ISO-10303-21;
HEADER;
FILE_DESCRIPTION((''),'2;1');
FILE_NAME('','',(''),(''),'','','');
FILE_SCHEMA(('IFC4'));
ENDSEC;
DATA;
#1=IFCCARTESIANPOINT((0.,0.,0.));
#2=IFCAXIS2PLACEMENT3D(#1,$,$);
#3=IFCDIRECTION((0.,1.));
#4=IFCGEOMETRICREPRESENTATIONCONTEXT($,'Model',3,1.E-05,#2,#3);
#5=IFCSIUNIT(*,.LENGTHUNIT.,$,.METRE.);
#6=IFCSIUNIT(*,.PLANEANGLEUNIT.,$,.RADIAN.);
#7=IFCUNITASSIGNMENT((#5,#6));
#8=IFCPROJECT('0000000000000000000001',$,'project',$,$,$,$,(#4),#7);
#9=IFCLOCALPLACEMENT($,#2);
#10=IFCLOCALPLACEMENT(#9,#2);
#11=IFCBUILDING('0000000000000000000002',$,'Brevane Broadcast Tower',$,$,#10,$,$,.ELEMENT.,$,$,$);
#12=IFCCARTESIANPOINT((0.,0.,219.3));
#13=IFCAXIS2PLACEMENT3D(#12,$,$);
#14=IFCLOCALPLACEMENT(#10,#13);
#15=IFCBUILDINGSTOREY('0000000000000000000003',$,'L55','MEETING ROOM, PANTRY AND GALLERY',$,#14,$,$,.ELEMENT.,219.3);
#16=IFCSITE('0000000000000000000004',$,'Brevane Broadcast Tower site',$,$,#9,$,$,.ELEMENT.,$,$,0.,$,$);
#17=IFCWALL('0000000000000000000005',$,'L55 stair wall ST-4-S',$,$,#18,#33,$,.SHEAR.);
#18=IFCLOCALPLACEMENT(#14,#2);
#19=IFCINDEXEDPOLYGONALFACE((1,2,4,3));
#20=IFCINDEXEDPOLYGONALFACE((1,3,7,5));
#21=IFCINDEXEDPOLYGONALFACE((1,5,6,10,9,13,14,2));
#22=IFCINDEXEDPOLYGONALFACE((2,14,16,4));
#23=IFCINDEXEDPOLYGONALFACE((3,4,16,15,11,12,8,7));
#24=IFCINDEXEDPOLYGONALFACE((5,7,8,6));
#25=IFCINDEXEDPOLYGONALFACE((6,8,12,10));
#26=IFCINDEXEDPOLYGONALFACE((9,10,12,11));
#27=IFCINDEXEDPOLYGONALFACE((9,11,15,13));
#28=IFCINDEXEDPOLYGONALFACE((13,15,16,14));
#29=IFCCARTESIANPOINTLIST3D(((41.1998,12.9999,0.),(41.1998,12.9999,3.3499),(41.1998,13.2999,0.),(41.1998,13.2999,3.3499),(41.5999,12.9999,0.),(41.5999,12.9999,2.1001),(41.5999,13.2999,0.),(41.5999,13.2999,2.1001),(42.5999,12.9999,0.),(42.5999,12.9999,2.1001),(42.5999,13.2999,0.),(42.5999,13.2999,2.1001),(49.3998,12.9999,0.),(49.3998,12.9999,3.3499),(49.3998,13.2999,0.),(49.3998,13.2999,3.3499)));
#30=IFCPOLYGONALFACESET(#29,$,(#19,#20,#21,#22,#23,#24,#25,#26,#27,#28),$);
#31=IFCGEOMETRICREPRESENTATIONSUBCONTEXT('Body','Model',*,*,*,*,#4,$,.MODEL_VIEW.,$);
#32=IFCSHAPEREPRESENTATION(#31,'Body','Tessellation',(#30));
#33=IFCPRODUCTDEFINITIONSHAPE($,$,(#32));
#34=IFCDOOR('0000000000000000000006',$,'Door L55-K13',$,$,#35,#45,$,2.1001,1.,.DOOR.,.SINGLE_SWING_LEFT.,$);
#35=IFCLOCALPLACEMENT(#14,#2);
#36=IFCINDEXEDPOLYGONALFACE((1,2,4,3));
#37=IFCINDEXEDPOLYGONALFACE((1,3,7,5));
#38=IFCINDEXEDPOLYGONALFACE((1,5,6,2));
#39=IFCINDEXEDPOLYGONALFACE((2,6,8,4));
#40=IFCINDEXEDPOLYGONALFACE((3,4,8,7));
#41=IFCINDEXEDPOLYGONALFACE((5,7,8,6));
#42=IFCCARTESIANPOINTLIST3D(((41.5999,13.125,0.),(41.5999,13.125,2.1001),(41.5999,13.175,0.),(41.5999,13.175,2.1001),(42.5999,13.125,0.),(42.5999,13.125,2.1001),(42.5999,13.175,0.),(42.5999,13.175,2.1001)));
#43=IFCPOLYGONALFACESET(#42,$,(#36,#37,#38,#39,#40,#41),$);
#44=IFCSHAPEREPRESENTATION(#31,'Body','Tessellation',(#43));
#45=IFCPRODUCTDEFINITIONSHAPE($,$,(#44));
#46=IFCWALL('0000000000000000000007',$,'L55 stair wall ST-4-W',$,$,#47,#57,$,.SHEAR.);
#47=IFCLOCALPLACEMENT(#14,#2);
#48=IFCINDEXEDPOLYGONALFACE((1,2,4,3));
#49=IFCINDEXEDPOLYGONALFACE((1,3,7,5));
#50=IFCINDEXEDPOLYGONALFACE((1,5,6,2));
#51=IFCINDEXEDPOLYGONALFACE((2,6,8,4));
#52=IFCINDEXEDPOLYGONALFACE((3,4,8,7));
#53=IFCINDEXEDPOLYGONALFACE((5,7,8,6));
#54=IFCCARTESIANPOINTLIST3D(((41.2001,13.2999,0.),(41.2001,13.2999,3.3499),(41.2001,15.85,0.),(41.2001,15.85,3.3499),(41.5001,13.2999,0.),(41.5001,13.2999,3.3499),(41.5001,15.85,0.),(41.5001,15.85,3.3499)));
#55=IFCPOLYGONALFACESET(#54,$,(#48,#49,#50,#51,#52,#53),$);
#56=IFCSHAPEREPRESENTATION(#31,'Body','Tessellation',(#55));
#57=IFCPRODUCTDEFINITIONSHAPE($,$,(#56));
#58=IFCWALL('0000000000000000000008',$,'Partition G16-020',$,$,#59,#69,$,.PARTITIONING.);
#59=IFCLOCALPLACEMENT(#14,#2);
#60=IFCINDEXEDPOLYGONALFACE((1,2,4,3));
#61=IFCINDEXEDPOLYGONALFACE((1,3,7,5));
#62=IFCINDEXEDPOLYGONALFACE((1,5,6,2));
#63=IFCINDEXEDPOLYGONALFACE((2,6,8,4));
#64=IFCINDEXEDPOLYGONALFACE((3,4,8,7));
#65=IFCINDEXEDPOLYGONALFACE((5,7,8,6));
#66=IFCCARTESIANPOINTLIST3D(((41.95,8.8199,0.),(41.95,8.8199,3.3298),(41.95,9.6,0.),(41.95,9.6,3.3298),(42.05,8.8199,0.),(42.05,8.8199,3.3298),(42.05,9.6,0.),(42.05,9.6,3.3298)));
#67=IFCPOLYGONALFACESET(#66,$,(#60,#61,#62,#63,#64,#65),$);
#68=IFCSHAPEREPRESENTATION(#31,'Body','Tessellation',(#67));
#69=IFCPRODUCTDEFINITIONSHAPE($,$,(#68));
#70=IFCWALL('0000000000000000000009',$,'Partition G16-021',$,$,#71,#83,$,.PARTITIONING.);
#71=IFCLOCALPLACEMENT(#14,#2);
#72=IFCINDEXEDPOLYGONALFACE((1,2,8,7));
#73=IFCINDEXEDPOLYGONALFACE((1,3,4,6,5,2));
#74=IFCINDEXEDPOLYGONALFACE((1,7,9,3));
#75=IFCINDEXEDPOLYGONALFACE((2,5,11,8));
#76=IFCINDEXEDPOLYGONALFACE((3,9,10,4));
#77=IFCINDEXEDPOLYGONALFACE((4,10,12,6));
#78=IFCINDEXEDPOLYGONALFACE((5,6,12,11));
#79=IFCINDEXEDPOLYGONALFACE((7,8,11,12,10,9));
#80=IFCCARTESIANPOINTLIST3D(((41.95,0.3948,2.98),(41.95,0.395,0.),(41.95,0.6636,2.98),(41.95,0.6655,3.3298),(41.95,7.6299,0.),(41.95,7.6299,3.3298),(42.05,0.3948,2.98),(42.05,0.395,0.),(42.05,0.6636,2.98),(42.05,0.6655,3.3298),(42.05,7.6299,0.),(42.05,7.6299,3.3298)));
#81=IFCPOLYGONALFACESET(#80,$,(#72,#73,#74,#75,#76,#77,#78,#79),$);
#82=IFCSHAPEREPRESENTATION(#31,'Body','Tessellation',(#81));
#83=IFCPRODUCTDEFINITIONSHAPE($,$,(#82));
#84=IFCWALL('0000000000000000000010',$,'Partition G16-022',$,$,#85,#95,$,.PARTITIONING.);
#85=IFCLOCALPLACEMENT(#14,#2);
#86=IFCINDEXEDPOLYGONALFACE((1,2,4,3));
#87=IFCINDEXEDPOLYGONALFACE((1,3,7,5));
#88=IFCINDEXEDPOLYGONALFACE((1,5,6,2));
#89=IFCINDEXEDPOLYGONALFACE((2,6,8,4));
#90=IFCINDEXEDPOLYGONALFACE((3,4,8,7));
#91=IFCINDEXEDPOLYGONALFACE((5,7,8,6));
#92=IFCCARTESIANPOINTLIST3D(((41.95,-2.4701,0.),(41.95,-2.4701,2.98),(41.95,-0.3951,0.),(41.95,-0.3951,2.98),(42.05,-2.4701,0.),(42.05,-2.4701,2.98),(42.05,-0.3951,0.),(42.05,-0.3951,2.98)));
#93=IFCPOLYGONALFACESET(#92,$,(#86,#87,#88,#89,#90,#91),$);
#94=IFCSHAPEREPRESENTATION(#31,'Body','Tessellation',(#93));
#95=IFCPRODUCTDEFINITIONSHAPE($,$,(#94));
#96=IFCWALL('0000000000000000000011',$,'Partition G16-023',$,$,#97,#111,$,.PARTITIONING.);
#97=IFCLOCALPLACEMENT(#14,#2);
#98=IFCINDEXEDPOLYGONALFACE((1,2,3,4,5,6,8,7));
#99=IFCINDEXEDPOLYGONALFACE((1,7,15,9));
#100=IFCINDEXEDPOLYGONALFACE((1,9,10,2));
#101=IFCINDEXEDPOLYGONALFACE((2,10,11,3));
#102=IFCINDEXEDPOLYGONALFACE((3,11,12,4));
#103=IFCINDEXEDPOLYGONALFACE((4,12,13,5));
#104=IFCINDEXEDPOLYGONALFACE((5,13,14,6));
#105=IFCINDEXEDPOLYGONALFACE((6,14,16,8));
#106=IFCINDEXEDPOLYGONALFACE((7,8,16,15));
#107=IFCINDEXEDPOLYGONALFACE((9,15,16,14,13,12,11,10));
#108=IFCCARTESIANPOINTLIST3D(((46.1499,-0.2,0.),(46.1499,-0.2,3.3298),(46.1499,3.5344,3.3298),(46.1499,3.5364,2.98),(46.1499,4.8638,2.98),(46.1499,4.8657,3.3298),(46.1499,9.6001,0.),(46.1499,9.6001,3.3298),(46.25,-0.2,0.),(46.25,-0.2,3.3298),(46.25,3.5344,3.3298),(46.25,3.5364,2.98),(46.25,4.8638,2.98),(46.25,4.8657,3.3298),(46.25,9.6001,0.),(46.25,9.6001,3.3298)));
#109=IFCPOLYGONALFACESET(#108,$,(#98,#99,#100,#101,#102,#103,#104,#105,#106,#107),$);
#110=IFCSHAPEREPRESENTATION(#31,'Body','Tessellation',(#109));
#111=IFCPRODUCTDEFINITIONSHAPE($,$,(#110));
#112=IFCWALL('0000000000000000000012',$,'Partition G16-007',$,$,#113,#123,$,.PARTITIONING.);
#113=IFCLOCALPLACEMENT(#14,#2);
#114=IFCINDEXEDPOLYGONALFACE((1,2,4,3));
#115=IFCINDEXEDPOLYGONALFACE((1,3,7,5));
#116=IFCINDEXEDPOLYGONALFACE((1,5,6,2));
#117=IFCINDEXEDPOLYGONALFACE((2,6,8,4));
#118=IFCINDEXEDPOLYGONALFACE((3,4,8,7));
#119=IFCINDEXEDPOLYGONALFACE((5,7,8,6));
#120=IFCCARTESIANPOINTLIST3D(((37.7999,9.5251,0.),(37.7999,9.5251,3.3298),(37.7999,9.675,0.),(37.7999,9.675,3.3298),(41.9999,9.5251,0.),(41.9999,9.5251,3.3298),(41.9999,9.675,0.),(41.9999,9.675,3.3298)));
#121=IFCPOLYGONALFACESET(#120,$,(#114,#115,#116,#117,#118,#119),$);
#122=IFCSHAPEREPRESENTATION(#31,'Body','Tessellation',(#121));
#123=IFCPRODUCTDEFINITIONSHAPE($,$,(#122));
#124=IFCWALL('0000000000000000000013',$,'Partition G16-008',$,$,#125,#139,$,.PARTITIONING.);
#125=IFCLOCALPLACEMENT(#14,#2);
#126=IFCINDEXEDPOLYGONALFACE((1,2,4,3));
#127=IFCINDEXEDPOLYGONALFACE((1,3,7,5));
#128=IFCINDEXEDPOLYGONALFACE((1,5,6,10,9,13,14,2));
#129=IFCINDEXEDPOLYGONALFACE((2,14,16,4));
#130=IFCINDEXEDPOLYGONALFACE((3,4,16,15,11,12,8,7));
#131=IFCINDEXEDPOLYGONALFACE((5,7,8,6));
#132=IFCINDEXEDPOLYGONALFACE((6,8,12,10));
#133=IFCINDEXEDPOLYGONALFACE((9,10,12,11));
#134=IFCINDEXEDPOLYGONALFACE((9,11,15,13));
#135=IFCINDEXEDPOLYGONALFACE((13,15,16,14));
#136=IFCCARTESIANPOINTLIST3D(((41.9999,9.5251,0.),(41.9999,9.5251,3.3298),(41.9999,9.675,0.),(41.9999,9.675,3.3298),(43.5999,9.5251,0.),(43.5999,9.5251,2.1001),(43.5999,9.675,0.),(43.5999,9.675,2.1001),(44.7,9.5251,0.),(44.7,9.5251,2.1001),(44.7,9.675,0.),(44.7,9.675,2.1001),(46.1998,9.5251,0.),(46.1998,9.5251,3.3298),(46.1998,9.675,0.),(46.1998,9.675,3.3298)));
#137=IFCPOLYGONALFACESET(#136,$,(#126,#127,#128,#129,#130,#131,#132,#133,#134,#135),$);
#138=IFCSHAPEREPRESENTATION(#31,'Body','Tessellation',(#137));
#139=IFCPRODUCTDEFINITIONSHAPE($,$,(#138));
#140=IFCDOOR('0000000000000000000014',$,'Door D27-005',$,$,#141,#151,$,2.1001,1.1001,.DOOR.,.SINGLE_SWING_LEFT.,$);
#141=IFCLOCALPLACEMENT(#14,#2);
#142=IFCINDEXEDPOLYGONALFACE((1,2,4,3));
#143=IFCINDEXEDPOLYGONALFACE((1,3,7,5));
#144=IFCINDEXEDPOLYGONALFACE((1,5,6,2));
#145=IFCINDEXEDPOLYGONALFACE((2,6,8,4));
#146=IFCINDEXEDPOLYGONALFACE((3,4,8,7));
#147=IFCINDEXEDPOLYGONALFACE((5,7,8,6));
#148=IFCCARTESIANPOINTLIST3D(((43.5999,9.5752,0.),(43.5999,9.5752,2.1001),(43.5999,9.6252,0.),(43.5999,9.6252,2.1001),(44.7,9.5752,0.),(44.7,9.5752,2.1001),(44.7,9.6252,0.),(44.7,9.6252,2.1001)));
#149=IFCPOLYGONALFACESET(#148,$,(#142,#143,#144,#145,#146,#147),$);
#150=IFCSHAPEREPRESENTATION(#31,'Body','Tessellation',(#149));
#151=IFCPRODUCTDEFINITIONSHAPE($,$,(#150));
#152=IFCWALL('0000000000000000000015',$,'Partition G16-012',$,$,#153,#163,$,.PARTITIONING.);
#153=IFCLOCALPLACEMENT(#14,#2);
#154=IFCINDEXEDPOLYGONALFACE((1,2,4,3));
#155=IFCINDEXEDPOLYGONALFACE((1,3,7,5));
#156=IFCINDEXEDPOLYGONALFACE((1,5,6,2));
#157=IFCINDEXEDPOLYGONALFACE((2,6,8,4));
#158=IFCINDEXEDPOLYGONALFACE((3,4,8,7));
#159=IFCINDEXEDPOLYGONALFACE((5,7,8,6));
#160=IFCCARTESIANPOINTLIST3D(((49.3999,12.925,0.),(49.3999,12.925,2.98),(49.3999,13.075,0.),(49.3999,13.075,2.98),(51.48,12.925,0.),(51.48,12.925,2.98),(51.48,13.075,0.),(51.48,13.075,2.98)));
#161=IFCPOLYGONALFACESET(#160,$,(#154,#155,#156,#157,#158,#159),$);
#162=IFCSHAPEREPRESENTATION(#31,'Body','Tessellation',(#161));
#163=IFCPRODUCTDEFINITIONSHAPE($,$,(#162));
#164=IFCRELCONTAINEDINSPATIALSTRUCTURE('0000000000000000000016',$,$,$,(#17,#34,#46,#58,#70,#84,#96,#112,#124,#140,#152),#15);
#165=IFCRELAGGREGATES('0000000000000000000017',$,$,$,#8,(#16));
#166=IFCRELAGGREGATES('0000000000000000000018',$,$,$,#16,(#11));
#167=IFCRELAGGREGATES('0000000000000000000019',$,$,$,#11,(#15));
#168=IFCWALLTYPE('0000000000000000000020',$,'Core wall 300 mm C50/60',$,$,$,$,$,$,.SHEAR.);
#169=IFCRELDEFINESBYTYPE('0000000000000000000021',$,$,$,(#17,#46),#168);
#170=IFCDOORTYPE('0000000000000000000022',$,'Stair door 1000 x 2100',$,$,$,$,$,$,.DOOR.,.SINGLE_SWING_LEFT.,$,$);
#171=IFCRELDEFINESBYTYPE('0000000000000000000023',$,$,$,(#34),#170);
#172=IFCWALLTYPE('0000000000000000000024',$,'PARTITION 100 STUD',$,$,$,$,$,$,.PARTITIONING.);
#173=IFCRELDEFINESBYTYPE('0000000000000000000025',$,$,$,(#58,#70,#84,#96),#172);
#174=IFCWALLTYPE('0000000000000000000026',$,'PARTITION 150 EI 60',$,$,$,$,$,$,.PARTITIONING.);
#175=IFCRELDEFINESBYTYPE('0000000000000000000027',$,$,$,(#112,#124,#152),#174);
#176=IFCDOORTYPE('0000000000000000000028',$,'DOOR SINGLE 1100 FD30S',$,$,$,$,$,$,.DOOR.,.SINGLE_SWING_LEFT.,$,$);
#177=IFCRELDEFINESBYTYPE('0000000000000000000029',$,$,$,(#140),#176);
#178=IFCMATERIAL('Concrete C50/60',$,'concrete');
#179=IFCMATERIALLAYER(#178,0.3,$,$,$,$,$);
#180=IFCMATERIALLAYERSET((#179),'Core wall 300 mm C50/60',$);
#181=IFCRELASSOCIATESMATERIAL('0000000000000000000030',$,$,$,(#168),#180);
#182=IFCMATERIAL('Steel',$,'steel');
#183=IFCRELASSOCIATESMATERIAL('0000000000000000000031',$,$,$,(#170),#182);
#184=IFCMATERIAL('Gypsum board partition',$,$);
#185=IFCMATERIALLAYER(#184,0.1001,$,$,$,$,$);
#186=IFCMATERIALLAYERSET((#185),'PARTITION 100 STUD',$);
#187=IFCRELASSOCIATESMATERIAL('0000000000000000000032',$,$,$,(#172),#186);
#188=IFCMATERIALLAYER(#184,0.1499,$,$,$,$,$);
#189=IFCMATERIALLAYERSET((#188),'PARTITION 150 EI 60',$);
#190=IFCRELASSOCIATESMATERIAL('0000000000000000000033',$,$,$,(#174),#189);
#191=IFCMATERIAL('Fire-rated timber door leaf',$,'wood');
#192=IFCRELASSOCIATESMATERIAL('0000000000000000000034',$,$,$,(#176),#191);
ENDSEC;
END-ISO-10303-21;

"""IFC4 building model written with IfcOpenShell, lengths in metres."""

from ifc_helpers import new_model, si_unit, direction, frame, frame_2d, origin, place, context, subcontext, project, spatial, polyline, rectangle, outline, extrude, material, layer, layer_set, type_object, element, fill, save


model = new_model("IFC4")

# Units and contexts
model_context = context("Model", 3, precision=1e-05, world=origin(), true_north=direction((0.0, 1.0)))
body_context = subcontext(model_context, "Body", "Model", "MODEL_VIEW")
ifc_project = project(units=[si_unit("LENGTHUNIT", "METRE"), si_unit("PLANEANGLEUNIT", "RADIAN")], contexts=[model_context])

# Site, building, storey
site_placement = place(None, origin())
site = spatial("IfcSite", under=ifc_project, at=site_placement, Name="Brevane Broadcast Tower site", CompositionType="ELEMENT", RefElevation=0.0)
building_placement = place(site_placement, origin())
building = spatial("IfcBuilding", under=site, at=building_placement, Name="Brevane Broadcast Tower", CompositionType="ELEMENT")
storey_placement = place(building_placement, frame((0.0, 0.0, 219.3)))
storey = spatial("IfcBuildingStorey", under=building, at=storey_placement, Name="L55", Description="MEETING ROOM, PANTRY AND GALLERY", CompositionType="ELEMENT", Elevation=219.3)

# Shared definitions
ifc_material_1 = material(Name="Concrete C50/60", Category="concrete")

# Wall, opening, door
ifc_layer_1 = layer(ifc_material_1, 0.3)
ifc_layer_set_1 = layer_set([ifc_layer_1], Name="Core wall 300 mm C50/60")
wall_type_1 = type_object("IfcWallType", Name="Core wall 300 mm C50/60", PredefinedType="SHEAR", material=ifc_layer_set_1)
wall_1_placement = place(storey_placement, frame((49.3999, 13.1499, 0.0), z_axis=(0.0, 0.0, 1.0), x_axis=(-1.0, 0.0, 0.0)))
wall_1 = element("IfcWall", 1, at=wall_1_placement, inside=storey, type_object=wall_type_1, Name="L55 stair wall ST-4-S", PredefinedType="SHEAR", context=body_context, shape_type="SweptSolid", body=[
    extrude(rectangle(XDim=8.2, YDim=0.3, at=frame_2d((4.1001, 0.0))), origin(), (0.0, 0.0, 1.0), 3.3499),
])
opening_1_placement = place(wall_1_placement, frame((6.8, 0.0, 0.0)))
opening_1 = element("IfcOpeningElement", 2, at=opening_1_placement, cuts=wall_1, PredefinedType="OPENING", context=body_context, shape_type="SweptSolid", body=[
    extrude(rectangle(XDim=1.0, YDim=2.1001, at=frame_2d((0.5, 1.05))), frame((0.0, 0.1599, 0.0), z_axis=(0.0, -1.0, 0.0), x_axis=(1.0, 0.0, 0.0)), (0.0, 0.0, 1.0), 0.3201),
])
ifc_material_2 = material(Name="Steel", Category="steel")
door_type_1 = type_object("IfcDoorType", Name="Stair door 1000 x 2100", OperationType="SINGLE_SWING_LEFT", PredefinedType="DOOR", material=ifc_material_2)
door_1_placement = place(opening_1_placement, origin())
door_1 = element("IfcDoor", 3, at=door_1_placement, inside=storey, type_object=door_type_1, Name="Door L55-K13", OperationType="SINGLE_SWING_LEFT", OverallHeight=2.1001, OverallWidth=1.0, PredefinedType="DOOR", context=body_context, shape_type="SweptSolid", body=[
    extrude(rectangle(XDim=1.0, YDim=2.1001, at=frame_2d((0.5, 1.05))), frame((0.0, 0.0249, 0.0), z_axis=(0.0, -1.0, 0.0), x_axis=(1.0, 0.0, 0.0)), (0.0, 0.0, 1.0), 0.05),
])
fill(opening_1, door_1)

# Walls
wall_2_placement = place(storey_placement, frame((41.3501, 13.3, 0.0), z_axis=(0.0, 0.0, 1.0), x_axis=(0.0, 1.0, 0.0)))
element("IfcWall", 4, at=wall_2_placement, inside=storey, type_object=wall_type_1, Name="L55 stair wall ST-4-W", PredefinedType="SHEAR", context=body_context, shape_type="SweptSolid", body=[
    extrude(rectangle(XDim=2.55, YDim=0.3, at=frame_2d((1.2749, 0.0))), origin(), (0.0, 0.0, 1.0), 3.3499),
])
ifc_material_3 = material(Name="Gypsum board partition")
ifc_layer_2 = layer(ifc_material_3, 0.1001)
ifc_layer_set_2 = layer_set([ifc_layer_2], Name="PARTITION 100 STUD")
wall_type_2 = type_object("IfcWallType", Name="PARTITION 100 STUD", PredefinedType="PARTITIONING", material=ifc_layer_set_2)
wall_3_placement = place(storey_placement, frame((42.0, 9.6001, 0.0), z_axis=(0.0, 0.0, 1.0), x_axis=(0.0, -1.0, 0.0)))
element("IfcWall", 5, at=wall_3_placement, inside=storey, type_object=wall_type_2, Name="Partition G16-020", PredefinedType="PARTITIONING", context=body_context, shape_type="SweptSolid", body=[
    extrude(rectangle(XDim=0.78, YDim=0.1001, at=frame_2d((0.3901, 0.0))), origin(), (0.0, 0.0, 1.0), 3.3298),
])
wall_4_placement = place(storey_placement, frame((42.0, 7.6299, 0.0), z_axis=(0.0, 0.0, 1.0), x_axis=(0.0, -1.0, 0.0)))
element("IfcWall", 6, at=wall_4_placement, inside=storey, type_object=wall_type_2, Name="Partition G16-021", PredefinedType="PARTITIONING", context=body_context, shape_type="SweptSolid", body=[
    extrude(outline(polyline([(0.0, 0.0), (7.2349, 0.0), (7.2351, 2.98), (6.9663, 2.98), (6.9644, 3.3298), (0.0, 3.3298), (0.0, 0.0)])), frame((0.0, 0.05, 0.0), z_axis=(0.0, -1.0, 0.0), x_axis=(1.0, 0.0, 0.0)), (0.0, 0.0, 1.0), 0.1001),
])
wall_5_placement = place(storey_placement, frame((42.0, -0.395, 0.0), z_axis=(0.0, 0.0, 1.0), x_axis=(0.0, -1.0, 0.0)))
element("IfcWall", 7, at=wall_5_placement, inside=storey, type_object=wall_type_2, Name="Partition G16-022", PredefinedType="PARTITIONING", context=body_context, shape_type="SweptSolid", body=[
    extrude(rectangle(XDim=2.075, YDim=0.1001, at=frame_2d((1.0376, 0.0))), origin(), (0.0, 0.0, 1.0), 2.98),
])
wall_6_placement = place(storey_placement, frame((46.2, 9.6001, 0.0), z_axis=(0.0, 0.0, 1.0), x_axis=(0.0, -1.0, 0.0)))
element("IfcWall", 8, at=wall_6_placement, inside=storey, type_object=wall_type_2, Name="Partition G16-023", PredefinedType="PARTITIONING", context=body_context, shape_type="SweptSolid", body=[
    extrude(outline(polyline([(0.0, 0.0), (9.8, 0.0), (9.8, 3.3298), (6.0657, 3.3298), (6.0637, 2.98), (4.7363, 2.98), (4.7344, 3.3298), (0.0, 3.3298), (0.0, 0.0)])), frame((0.0, 0.05, 0.0), z_axis=(0.0, -1.0, 0.0), x_axis=(1.0, 0.0, 0.0)), (0.0, 0.0, 1.0), 0.1001),
])
ifc_layer_3 = layer(ifc_material_3, 0.1499)
ifc_layer_set_3 = layer_set([ifc_layer_3], Name="PARTITION 150 EI 60")
wall_type_3 = type_object("IfcWallType", Name="PARTITION 150 EI 60", PredefinedType="PARTITIONING", material=ifc_layer_set_3)
wall_7_placement = place(storey_placement, frame((42.0, 9.6001, 0.0), z_axis=(0.0, 0.0, 1.0), x_axis=(-1.0, 0.0, 0.0)))
element("IfcWall", 9, at=wall_7_placement, inside=storey, type_object=wall_type_3, Name="Partition G16-007", PredefinedType="PARTITIONING", context=body_context, shape_type="SweptSolid", body=[
    extrude(rectangle(XDim=4.2, YDim=0.1499, at=frame_2d((2.1001, 0.0))), origin(), (0.0, 0.0, 1.0), 3.3298),
])

# Wall, opening, door
wall_8_placement = place(storey_placement, frame((46.2, 9.6001, 0.0), z_axis=(0.0, 0.0, 1.0), x_axis=(-1.0, 0.0, 0.0)))
wall_8 = element("IfcWall", 10, at=wall_8_placement, inside=storey, type_object=wall_type_3, Name="Partition G16-008", PredefinedType="PARTITIONING", context=body_context, shape_type="SweptSolid", body=[
    extrude(rectangle(XDim=4.2, YDim=0.1499, at=frame_2d((2.1001, 0.0))), origin(), (0.0, 0.0, 1.0), 3.3298),
])
opening_2_placement = place(wall_8_placement, frame((1.5, 0.0, 0.0)))
opening_2 = element("IfcOpeningElement", 11, at=opening_2_placement, cuts=wall_8, PredefinedType="OPENING", context=body_context, shape_type="SweptSolid", body=[
    extrude(rectangle(XDim=1.1001, YDim=2.1001, at=frame_2d((0.55, 1.05))), frame((0.0, 0.085, 0.0), z_axis=(0.0, -1.0, 0.0), x_axis=(1.0, 0.0, 0.0)), (0.0, 0.0, 1.0), 0.1699),
])
ifc_material_4 = material(Name="Fire-rated timber door leaf", Category="wood")
door_type_2 = type_object("IfcDoorType", Name="DOOR SINGLE 1100 FD30S", OperationType="SINGLE_SWING_LEFT", PredefinedType="DOOR", material=ifc_material_4)
door_2_placement = place(opening_2_placement, origin())
door_2 = element("IfcDoor", 12, at=door_2_placement, inside=storey, type_object=door_type_2, Name="Door D27-005", OperationType="SINGLE_SWING_LEFT", OverallHeight=2.1001, OverallWidth=1.1001, PredefinedType="DOOR", context=body_context, shape_type="SweptSolid", body=[
    extrude(rectangle(XDim=1.1001, YDim=2.1001, at=frame_2d((0.55, 1.05))), frame((0.0, 0.0249, 0.0), z_axis=(0.0, -1.0, 0.0), x_axis=(1.0, 0.0, 0.0)), (0.0, 0.0, 1.0), 0.05),
])
fill(opening_2, door_2)

# Wall
wall_9_placement = place(storey_placement, frame((49.3999, 13.0, 0.0), z_axis=(0.0, 0.0, 1.0), x_axis=(1.0, 0.0, 0.0)))
element("IfcWall", 13, at=wall_9_placement, inside=storey, type_object=wall_type_3, Name="Partition G16-012", PredefinedType="PARTITIONING", context=body_context, shape_type="SweptSolid", body=[
    extrude(rectangle(XDim=2.0801, YDim=0.1499, at=frame_2d((1.04, 0.0))), origin(), (0.0, 0.0, 1.0), 2.98),
])

save(model, "model.ifc")
